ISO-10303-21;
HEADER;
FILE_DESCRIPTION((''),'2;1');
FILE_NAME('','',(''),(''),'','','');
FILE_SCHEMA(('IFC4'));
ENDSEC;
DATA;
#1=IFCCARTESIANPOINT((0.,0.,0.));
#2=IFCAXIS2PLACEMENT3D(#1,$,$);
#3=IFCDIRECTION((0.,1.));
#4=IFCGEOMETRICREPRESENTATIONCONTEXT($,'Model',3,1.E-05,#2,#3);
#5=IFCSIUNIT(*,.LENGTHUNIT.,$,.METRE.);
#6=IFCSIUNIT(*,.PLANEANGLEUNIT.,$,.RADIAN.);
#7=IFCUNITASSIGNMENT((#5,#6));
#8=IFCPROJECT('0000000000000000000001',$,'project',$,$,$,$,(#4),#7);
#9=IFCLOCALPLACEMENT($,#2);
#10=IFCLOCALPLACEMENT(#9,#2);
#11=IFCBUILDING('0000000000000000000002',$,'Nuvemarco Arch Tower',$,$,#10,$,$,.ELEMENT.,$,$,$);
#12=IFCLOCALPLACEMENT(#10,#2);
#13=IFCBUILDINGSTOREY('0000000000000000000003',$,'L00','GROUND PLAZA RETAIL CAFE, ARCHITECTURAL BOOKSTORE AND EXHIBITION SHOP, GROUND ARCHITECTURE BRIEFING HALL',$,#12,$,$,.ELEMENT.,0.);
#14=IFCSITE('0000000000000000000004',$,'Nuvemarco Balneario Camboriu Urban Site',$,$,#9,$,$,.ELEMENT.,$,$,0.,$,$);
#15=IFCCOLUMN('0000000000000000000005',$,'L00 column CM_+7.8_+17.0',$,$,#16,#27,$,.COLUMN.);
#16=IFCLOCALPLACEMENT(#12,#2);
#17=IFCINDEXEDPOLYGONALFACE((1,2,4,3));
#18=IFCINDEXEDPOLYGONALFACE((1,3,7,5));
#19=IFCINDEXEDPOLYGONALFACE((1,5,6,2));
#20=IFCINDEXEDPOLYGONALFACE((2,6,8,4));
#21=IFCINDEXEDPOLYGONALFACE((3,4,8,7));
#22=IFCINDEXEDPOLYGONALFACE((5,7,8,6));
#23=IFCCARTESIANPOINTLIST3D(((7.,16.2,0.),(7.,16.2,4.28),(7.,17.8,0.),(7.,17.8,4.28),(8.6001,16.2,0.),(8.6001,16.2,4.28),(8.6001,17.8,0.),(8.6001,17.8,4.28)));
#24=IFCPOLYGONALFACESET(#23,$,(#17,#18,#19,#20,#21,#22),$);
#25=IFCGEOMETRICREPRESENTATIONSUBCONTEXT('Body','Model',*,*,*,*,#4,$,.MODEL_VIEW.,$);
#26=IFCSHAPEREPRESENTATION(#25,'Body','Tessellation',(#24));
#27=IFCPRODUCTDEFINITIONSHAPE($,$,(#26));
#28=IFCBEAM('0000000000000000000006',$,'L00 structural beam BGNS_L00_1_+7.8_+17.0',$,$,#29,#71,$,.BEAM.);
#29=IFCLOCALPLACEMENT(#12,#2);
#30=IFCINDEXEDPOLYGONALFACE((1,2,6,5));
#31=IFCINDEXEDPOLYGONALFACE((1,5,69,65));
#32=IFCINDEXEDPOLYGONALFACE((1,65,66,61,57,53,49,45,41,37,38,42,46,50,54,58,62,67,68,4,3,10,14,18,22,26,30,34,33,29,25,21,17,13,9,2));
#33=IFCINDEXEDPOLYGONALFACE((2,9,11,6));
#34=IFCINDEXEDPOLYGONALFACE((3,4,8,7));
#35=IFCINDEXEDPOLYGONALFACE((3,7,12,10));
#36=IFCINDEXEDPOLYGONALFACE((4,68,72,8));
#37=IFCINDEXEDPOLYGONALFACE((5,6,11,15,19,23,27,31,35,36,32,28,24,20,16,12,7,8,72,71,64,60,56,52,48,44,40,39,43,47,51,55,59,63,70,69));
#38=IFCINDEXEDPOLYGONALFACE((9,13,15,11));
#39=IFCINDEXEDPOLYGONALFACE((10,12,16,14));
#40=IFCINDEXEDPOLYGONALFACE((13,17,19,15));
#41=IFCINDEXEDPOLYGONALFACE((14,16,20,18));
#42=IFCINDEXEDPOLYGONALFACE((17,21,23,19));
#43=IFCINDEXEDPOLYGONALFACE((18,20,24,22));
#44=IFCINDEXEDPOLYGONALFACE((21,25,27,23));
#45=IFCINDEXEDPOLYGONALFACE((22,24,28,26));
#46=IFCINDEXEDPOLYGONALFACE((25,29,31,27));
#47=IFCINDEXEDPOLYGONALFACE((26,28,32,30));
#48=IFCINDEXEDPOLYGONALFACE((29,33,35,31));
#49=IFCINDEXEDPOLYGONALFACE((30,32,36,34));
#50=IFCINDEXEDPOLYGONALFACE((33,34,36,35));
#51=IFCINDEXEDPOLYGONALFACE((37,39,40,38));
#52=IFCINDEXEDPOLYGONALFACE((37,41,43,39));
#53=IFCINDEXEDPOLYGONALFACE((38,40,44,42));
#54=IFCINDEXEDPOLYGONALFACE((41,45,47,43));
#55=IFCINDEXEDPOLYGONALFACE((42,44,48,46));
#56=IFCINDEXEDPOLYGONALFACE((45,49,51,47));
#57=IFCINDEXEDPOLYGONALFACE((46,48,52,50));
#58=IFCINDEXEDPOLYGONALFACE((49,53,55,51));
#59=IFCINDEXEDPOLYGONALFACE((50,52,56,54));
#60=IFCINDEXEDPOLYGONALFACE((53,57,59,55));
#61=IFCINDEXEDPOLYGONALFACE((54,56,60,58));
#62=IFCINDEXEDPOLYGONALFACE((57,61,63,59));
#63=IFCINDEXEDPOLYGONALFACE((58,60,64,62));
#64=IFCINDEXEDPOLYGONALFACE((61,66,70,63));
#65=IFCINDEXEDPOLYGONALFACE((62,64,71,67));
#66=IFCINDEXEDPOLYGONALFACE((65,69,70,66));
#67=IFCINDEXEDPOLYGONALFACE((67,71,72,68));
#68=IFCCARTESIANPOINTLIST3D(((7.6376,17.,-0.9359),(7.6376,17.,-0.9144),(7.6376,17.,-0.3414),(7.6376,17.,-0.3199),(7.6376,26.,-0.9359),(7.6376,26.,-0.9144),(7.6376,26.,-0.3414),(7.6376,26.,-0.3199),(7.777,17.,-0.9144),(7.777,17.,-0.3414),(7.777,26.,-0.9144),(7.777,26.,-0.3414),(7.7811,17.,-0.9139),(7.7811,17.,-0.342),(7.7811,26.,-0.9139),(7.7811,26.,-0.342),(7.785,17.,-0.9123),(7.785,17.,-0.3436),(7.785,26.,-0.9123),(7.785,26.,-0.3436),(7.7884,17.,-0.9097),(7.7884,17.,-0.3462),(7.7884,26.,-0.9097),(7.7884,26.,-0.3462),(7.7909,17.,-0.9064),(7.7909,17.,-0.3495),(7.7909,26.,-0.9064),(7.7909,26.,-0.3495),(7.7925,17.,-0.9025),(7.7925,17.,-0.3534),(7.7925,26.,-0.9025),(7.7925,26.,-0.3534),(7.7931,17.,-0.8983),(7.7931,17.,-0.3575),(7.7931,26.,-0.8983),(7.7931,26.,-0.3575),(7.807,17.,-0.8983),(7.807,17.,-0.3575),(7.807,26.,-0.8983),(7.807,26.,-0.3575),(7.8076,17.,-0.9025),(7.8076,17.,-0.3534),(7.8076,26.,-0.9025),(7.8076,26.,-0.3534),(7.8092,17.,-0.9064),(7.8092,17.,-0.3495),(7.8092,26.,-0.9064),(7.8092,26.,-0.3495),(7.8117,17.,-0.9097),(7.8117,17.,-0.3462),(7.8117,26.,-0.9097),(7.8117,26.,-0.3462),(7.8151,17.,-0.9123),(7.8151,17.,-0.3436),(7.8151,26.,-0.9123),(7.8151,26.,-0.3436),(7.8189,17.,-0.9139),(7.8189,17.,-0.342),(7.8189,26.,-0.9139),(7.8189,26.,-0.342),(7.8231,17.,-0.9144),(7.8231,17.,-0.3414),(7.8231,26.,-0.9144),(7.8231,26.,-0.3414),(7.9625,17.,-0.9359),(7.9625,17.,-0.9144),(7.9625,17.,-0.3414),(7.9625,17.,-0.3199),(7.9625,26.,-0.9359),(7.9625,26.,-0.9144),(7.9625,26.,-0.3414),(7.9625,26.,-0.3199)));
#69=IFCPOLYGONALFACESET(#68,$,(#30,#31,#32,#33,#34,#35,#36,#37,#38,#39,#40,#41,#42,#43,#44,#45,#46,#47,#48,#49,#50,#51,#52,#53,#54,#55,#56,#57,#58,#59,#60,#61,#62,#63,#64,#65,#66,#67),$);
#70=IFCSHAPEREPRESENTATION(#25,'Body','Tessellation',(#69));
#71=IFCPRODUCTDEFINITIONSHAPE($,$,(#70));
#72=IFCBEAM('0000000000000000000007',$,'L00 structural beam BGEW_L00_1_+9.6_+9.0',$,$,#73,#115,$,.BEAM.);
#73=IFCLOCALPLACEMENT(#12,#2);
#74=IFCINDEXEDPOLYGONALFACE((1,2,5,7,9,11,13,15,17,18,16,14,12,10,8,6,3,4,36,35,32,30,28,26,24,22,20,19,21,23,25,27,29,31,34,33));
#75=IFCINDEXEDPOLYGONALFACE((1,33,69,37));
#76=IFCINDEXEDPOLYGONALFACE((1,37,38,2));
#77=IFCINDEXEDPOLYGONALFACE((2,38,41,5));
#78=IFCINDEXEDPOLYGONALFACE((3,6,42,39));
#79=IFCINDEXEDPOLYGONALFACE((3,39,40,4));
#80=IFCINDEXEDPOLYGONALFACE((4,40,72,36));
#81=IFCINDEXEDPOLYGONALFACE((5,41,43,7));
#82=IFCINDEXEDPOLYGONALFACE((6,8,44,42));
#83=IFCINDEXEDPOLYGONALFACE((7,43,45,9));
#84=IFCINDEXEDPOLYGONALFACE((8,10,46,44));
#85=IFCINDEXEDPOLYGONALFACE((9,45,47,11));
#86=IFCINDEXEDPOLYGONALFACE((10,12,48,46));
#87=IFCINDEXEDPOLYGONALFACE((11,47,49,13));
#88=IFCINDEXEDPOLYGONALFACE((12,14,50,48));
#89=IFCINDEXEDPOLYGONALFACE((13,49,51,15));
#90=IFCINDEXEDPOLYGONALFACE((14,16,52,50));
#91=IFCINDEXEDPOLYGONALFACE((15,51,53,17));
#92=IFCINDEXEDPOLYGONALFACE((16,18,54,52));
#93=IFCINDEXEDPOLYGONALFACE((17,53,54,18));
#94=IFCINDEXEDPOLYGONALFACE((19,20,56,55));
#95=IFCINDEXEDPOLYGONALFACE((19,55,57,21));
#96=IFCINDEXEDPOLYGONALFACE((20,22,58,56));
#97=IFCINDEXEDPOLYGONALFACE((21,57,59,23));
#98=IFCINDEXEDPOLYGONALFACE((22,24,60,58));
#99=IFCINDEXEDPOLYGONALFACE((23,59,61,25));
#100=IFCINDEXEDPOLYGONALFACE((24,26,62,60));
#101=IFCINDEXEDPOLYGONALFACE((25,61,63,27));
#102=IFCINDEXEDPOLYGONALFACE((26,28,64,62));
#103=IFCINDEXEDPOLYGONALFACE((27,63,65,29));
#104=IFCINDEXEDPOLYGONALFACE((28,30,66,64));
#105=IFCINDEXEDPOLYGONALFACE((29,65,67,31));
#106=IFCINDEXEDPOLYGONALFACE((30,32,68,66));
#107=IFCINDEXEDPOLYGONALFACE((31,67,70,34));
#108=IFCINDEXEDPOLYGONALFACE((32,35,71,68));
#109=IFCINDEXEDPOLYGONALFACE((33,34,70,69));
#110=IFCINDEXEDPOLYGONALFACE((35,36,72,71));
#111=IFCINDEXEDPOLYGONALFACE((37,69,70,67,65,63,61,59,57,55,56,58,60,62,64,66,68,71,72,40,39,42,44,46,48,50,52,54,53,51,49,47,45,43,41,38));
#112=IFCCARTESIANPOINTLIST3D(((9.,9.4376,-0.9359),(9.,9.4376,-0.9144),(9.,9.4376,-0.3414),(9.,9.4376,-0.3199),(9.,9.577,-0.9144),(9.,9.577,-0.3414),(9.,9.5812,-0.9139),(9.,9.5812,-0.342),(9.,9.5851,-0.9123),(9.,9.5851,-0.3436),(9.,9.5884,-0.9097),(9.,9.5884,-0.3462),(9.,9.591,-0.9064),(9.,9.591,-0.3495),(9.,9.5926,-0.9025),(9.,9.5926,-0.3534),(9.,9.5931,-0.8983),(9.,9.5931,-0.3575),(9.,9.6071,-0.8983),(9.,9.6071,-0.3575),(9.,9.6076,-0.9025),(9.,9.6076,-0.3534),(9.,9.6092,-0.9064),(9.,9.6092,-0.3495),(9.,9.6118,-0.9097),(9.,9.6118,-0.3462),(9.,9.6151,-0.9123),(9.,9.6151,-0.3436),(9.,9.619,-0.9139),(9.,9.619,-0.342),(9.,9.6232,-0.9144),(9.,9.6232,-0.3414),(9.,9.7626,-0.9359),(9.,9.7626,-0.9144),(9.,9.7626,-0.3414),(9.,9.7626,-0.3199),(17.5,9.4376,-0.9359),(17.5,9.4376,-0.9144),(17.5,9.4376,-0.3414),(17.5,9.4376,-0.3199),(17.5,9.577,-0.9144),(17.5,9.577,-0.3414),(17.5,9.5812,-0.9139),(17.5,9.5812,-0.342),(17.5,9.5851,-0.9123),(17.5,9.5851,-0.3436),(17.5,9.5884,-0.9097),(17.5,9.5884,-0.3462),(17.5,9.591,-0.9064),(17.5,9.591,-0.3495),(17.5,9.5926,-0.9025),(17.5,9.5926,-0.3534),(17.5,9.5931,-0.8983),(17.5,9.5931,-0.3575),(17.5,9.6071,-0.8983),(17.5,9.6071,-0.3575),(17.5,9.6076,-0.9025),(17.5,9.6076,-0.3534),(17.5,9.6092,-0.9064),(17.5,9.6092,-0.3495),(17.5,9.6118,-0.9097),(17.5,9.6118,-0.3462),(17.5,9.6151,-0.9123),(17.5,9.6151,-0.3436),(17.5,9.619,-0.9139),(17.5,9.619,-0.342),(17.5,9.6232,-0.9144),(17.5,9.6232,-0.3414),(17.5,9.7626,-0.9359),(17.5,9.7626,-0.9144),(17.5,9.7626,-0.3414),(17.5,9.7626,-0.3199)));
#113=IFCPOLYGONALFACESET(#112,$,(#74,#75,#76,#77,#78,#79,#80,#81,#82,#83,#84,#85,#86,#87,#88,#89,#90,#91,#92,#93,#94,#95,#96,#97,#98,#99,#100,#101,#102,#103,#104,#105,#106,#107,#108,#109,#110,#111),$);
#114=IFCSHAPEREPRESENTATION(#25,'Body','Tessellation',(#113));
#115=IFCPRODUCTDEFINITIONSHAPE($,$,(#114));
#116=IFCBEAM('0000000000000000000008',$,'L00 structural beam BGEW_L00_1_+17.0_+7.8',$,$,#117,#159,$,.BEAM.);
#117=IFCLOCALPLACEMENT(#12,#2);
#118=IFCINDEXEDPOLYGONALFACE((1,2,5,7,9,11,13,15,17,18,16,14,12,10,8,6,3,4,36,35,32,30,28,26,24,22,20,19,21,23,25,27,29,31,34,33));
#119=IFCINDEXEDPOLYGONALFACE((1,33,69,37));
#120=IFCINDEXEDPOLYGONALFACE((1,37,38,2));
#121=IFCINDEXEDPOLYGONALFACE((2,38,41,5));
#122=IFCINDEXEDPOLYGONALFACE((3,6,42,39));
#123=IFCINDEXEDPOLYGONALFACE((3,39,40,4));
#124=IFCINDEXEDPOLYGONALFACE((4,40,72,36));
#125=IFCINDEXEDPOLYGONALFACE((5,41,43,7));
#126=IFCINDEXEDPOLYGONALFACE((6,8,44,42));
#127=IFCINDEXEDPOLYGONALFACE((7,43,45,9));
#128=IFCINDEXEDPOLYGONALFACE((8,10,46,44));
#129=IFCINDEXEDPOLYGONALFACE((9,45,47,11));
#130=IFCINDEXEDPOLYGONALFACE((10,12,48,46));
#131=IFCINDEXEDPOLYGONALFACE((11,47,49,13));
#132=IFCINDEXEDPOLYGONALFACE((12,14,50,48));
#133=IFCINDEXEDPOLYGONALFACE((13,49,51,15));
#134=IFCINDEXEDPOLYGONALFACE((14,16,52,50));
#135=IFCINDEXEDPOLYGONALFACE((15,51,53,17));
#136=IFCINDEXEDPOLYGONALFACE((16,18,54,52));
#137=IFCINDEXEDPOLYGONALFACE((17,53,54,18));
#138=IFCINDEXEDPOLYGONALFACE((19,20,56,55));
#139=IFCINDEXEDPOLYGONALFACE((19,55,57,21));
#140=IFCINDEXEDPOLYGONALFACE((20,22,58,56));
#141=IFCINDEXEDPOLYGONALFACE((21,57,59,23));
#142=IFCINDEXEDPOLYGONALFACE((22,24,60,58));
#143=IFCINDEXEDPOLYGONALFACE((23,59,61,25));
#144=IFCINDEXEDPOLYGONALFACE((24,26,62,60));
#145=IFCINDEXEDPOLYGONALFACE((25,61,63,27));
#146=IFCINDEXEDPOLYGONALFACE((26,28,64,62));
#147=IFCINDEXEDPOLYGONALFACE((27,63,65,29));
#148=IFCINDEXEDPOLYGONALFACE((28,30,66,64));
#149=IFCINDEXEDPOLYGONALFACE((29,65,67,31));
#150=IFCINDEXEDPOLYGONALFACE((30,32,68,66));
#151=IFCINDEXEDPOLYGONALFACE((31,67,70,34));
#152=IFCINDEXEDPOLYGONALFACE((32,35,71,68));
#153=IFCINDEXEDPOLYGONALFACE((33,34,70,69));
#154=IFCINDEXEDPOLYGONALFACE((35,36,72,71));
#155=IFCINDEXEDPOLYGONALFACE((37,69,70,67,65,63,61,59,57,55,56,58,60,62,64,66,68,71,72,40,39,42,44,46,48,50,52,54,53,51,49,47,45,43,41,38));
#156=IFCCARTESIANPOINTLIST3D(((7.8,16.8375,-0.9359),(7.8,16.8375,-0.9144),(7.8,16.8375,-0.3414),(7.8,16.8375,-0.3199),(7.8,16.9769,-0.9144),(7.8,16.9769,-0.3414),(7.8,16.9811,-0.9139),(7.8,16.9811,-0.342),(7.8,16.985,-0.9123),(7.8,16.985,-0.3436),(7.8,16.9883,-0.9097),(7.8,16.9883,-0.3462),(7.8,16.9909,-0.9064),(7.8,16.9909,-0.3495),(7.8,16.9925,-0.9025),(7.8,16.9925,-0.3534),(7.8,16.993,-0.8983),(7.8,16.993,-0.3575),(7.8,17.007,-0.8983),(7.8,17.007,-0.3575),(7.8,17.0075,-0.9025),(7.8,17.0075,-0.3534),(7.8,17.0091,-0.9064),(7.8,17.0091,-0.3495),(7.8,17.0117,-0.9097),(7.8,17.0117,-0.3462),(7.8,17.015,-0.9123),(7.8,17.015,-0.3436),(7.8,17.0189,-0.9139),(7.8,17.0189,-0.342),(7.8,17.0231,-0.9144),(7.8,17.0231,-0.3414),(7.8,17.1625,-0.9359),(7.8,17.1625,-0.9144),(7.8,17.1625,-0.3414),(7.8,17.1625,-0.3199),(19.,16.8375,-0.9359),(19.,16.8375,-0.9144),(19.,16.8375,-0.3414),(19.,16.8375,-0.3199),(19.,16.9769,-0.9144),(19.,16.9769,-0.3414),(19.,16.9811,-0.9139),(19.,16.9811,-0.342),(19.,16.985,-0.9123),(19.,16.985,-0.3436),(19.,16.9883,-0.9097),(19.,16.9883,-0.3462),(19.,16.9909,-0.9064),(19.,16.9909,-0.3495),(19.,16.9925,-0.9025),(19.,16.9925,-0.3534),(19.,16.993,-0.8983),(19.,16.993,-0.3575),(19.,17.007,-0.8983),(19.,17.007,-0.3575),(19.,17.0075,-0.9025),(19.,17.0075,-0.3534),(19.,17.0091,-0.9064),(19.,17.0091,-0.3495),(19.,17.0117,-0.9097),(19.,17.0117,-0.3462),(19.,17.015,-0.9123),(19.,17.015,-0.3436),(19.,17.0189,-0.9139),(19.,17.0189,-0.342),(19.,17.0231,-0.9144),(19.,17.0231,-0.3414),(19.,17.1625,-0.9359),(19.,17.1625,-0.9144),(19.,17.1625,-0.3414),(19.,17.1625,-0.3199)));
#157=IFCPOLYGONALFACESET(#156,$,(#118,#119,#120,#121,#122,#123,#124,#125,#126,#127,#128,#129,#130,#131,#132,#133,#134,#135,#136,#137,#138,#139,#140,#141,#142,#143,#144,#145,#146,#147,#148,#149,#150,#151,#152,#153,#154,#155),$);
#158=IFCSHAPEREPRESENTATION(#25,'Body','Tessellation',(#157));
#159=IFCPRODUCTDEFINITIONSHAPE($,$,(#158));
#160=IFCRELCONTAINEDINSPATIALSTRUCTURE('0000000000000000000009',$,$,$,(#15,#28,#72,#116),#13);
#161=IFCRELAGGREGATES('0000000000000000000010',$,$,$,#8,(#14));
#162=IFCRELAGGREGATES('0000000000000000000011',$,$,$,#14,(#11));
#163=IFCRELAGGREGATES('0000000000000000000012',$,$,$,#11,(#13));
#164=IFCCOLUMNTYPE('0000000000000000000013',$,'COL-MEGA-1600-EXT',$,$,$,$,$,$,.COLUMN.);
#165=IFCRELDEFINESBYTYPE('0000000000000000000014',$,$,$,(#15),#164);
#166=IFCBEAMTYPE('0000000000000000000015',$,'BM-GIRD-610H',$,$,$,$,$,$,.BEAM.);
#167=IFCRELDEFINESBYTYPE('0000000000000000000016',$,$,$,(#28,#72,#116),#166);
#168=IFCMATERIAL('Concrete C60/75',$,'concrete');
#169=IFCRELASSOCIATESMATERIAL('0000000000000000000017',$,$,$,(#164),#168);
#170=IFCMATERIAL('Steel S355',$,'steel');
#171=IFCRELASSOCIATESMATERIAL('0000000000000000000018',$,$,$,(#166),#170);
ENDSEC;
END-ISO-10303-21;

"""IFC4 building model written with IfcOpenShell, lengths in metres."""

from ifc_helpers import new_model, si_unit, direction, frame, origin, origin_2d, place, context, subcontext, project, spatial, rectangle, i_section, extrude, material, material_profile, profile_set, type_object, element, save


model = new_model("IFC4")

# Units and contexts
model_context = context("Model", 3, precision=1e-05, world=origin(), true_north=direction((0.0, 1.0)))
body_context = subcontext(model_context, "Body", "Model", "MODEL_VIEW")
ifc_project = project(units=[si_unit("LENGTHUNIT", "METRE"), si_unit("PLANEANGLEUNIT", "RADIAN")], contexts=[model_context])

# Site, building, storey
site_placement = place(None, origin())
site = spatial("IfcSite", under=ifc_project, at=site_placement, Name="Nuvemarco Balneario Camboriu Urban Site", CompositionType="ELEMENT", RefElevation=0.0)
building_placement = place(site_placement, origin())
building = spatial("IfcBuilding", under=site, at=building_placement, Name="Nuvemarco Arch Tower", CompositionType="ELEMENT")
storey_placement = place(building_placement, origin())
storey = spatial("IfcBuildingStorey", under=building, at=storey_placement, Name="L00", Description="GROUND PLAZA RETAIL CAFE, ARCHITECTURAL BOOKSTORE AND EXHIBITION SHOP, GROUND ARCHITECTURE BRIEFING HALL", CompositionType="ELEMENT", Elevation=0.0)

# Column
ifc_material_1 = material(Name="Concrete C60/75", Category="concrete")
ifc_material_profile_1 = material_profile(ifc_material_1, rectangle(XDim=1.6001, YDim=1.6001, at=origin_2d()), Name="RC-COL-1600x1600")
ifc_profile_set_1 = profile_set([ifc_material_profile_1], Name="Concrete C60/75")
column_type = type_object("IfcColumnType", Name="COL-MEGA-1600-EXT", PredefinedType="COLUMN", material=ifc_profile_set_1)
column_placement = place(storey_placement, frame((7.8, 17.0, 0.0), z_axis=(0.0, 0.0, 1.0), x_axis=(1.0, 0.0, 0.0)))
element("IfcColumn", 1, at=column_placement, inside=storey, type_object=column_type, Name="L00 column CM_+7.8_+17.0", PredefinedType="COLUMN", context=body_context, shape_type="SweptSolid", body=[
    extrude(rectangle(XDim=1.6001, YDim=1.6001, at=origin_2d()), origin(), (0.0, 0.0, 1.0), 4.28),
])

# Beams
ifc_material_2 = material(Name="Steel S355", Category="steel")
ifc_material_profile_2 = material_profile(ifc_material_2, i_section(OverallWidth=0.325, OverallDepth=0.616, WebThickness=0.0139, FlangeThickness=0.0215, FilletRadius=0.0161, at=origin_2d()), Name="W610x174")
ifc_profile_set_2 = profile_set([ifc_material_profile_2], Name="Steel S355")
beam_type_1 = type_object("IfcBeamType", Name="BM-GIRD-610H", PredefinedType="BEAM", material=ifc_profile_set_2)
beam_1_placement = place(storey_placement, frame((7.8, 17.0, -0.6279), z_axis=(0.0, 1.0, 0.0), x_axis=(-1.0, 0.0, 0.0)))
element("IfcBeam", 2, at=beam_1_placement, inside=storey, type_object=beam_type_1, Name="L00 structural beam BGNS_L00_1_+7.8_+17.0", PredefinedType="BEAM", context=body_context, shape_type="SweptSolid", body=[
    extrude(i_section(OverallWidth=0.325, OverallDepth=0.616, WebThickness=0.0139, FlangeThickness=0.0215, FilletRadius=0.0161, at=origin_2d()), origin(), (0.0, 0.0, 1.0), 9.0),
])
beam_2_placement = place(storey_placement, frame((9.0, 9.6001, -0.6279), z_axis=(1.0, 0.0, 0.0), x_axis=(0.0, 1.0, 0.0)))
element("IfcBeam", 3, at=beam_2_placement, inside=storey, type_object=beam_type_1, Name="L00 structural beam BGEW_L00_1_+9.6_+9.0", PredefinedType="BEAM", context=body_context, shape_type="SweptSolid", body=[
    extrude(i_section(OverallWidth=0.325, OverallDepth=0.616, WebThickness=0.0139, FlangeThickness=0.0215, FilletRadius=0.0161, at=origin_2d()), origin(), (0.0, 0.0, 1.0), 8.5),
])
beam_3_placement = place(storey_placement, frame((7.8, 17.0, -0.6279), z_axis=(1.0, 0.0, 0.0), x_axis=(0.0, 1.0, 0.0)))
element("IfcBeam", 4, at=beam_3_placement, inside=storey, type_object=beam_type_1, Name="L00 structural beam BGEW_L00_1_+17.0_+7.8", PredefinedType="BEAM", context=body_context, shape_type="SweptSolid", body=[
    extrude(i_section(OverallWidth=0.325, OverallDepth=0.616, WebThickness=0.0139, FlangeThickness=0.0215, FilletRadius=0.0161, at=origin_2d()), origin(), (0.0, 0.0, 1.0), 11.2),
])

save(model, "model.ifc")
